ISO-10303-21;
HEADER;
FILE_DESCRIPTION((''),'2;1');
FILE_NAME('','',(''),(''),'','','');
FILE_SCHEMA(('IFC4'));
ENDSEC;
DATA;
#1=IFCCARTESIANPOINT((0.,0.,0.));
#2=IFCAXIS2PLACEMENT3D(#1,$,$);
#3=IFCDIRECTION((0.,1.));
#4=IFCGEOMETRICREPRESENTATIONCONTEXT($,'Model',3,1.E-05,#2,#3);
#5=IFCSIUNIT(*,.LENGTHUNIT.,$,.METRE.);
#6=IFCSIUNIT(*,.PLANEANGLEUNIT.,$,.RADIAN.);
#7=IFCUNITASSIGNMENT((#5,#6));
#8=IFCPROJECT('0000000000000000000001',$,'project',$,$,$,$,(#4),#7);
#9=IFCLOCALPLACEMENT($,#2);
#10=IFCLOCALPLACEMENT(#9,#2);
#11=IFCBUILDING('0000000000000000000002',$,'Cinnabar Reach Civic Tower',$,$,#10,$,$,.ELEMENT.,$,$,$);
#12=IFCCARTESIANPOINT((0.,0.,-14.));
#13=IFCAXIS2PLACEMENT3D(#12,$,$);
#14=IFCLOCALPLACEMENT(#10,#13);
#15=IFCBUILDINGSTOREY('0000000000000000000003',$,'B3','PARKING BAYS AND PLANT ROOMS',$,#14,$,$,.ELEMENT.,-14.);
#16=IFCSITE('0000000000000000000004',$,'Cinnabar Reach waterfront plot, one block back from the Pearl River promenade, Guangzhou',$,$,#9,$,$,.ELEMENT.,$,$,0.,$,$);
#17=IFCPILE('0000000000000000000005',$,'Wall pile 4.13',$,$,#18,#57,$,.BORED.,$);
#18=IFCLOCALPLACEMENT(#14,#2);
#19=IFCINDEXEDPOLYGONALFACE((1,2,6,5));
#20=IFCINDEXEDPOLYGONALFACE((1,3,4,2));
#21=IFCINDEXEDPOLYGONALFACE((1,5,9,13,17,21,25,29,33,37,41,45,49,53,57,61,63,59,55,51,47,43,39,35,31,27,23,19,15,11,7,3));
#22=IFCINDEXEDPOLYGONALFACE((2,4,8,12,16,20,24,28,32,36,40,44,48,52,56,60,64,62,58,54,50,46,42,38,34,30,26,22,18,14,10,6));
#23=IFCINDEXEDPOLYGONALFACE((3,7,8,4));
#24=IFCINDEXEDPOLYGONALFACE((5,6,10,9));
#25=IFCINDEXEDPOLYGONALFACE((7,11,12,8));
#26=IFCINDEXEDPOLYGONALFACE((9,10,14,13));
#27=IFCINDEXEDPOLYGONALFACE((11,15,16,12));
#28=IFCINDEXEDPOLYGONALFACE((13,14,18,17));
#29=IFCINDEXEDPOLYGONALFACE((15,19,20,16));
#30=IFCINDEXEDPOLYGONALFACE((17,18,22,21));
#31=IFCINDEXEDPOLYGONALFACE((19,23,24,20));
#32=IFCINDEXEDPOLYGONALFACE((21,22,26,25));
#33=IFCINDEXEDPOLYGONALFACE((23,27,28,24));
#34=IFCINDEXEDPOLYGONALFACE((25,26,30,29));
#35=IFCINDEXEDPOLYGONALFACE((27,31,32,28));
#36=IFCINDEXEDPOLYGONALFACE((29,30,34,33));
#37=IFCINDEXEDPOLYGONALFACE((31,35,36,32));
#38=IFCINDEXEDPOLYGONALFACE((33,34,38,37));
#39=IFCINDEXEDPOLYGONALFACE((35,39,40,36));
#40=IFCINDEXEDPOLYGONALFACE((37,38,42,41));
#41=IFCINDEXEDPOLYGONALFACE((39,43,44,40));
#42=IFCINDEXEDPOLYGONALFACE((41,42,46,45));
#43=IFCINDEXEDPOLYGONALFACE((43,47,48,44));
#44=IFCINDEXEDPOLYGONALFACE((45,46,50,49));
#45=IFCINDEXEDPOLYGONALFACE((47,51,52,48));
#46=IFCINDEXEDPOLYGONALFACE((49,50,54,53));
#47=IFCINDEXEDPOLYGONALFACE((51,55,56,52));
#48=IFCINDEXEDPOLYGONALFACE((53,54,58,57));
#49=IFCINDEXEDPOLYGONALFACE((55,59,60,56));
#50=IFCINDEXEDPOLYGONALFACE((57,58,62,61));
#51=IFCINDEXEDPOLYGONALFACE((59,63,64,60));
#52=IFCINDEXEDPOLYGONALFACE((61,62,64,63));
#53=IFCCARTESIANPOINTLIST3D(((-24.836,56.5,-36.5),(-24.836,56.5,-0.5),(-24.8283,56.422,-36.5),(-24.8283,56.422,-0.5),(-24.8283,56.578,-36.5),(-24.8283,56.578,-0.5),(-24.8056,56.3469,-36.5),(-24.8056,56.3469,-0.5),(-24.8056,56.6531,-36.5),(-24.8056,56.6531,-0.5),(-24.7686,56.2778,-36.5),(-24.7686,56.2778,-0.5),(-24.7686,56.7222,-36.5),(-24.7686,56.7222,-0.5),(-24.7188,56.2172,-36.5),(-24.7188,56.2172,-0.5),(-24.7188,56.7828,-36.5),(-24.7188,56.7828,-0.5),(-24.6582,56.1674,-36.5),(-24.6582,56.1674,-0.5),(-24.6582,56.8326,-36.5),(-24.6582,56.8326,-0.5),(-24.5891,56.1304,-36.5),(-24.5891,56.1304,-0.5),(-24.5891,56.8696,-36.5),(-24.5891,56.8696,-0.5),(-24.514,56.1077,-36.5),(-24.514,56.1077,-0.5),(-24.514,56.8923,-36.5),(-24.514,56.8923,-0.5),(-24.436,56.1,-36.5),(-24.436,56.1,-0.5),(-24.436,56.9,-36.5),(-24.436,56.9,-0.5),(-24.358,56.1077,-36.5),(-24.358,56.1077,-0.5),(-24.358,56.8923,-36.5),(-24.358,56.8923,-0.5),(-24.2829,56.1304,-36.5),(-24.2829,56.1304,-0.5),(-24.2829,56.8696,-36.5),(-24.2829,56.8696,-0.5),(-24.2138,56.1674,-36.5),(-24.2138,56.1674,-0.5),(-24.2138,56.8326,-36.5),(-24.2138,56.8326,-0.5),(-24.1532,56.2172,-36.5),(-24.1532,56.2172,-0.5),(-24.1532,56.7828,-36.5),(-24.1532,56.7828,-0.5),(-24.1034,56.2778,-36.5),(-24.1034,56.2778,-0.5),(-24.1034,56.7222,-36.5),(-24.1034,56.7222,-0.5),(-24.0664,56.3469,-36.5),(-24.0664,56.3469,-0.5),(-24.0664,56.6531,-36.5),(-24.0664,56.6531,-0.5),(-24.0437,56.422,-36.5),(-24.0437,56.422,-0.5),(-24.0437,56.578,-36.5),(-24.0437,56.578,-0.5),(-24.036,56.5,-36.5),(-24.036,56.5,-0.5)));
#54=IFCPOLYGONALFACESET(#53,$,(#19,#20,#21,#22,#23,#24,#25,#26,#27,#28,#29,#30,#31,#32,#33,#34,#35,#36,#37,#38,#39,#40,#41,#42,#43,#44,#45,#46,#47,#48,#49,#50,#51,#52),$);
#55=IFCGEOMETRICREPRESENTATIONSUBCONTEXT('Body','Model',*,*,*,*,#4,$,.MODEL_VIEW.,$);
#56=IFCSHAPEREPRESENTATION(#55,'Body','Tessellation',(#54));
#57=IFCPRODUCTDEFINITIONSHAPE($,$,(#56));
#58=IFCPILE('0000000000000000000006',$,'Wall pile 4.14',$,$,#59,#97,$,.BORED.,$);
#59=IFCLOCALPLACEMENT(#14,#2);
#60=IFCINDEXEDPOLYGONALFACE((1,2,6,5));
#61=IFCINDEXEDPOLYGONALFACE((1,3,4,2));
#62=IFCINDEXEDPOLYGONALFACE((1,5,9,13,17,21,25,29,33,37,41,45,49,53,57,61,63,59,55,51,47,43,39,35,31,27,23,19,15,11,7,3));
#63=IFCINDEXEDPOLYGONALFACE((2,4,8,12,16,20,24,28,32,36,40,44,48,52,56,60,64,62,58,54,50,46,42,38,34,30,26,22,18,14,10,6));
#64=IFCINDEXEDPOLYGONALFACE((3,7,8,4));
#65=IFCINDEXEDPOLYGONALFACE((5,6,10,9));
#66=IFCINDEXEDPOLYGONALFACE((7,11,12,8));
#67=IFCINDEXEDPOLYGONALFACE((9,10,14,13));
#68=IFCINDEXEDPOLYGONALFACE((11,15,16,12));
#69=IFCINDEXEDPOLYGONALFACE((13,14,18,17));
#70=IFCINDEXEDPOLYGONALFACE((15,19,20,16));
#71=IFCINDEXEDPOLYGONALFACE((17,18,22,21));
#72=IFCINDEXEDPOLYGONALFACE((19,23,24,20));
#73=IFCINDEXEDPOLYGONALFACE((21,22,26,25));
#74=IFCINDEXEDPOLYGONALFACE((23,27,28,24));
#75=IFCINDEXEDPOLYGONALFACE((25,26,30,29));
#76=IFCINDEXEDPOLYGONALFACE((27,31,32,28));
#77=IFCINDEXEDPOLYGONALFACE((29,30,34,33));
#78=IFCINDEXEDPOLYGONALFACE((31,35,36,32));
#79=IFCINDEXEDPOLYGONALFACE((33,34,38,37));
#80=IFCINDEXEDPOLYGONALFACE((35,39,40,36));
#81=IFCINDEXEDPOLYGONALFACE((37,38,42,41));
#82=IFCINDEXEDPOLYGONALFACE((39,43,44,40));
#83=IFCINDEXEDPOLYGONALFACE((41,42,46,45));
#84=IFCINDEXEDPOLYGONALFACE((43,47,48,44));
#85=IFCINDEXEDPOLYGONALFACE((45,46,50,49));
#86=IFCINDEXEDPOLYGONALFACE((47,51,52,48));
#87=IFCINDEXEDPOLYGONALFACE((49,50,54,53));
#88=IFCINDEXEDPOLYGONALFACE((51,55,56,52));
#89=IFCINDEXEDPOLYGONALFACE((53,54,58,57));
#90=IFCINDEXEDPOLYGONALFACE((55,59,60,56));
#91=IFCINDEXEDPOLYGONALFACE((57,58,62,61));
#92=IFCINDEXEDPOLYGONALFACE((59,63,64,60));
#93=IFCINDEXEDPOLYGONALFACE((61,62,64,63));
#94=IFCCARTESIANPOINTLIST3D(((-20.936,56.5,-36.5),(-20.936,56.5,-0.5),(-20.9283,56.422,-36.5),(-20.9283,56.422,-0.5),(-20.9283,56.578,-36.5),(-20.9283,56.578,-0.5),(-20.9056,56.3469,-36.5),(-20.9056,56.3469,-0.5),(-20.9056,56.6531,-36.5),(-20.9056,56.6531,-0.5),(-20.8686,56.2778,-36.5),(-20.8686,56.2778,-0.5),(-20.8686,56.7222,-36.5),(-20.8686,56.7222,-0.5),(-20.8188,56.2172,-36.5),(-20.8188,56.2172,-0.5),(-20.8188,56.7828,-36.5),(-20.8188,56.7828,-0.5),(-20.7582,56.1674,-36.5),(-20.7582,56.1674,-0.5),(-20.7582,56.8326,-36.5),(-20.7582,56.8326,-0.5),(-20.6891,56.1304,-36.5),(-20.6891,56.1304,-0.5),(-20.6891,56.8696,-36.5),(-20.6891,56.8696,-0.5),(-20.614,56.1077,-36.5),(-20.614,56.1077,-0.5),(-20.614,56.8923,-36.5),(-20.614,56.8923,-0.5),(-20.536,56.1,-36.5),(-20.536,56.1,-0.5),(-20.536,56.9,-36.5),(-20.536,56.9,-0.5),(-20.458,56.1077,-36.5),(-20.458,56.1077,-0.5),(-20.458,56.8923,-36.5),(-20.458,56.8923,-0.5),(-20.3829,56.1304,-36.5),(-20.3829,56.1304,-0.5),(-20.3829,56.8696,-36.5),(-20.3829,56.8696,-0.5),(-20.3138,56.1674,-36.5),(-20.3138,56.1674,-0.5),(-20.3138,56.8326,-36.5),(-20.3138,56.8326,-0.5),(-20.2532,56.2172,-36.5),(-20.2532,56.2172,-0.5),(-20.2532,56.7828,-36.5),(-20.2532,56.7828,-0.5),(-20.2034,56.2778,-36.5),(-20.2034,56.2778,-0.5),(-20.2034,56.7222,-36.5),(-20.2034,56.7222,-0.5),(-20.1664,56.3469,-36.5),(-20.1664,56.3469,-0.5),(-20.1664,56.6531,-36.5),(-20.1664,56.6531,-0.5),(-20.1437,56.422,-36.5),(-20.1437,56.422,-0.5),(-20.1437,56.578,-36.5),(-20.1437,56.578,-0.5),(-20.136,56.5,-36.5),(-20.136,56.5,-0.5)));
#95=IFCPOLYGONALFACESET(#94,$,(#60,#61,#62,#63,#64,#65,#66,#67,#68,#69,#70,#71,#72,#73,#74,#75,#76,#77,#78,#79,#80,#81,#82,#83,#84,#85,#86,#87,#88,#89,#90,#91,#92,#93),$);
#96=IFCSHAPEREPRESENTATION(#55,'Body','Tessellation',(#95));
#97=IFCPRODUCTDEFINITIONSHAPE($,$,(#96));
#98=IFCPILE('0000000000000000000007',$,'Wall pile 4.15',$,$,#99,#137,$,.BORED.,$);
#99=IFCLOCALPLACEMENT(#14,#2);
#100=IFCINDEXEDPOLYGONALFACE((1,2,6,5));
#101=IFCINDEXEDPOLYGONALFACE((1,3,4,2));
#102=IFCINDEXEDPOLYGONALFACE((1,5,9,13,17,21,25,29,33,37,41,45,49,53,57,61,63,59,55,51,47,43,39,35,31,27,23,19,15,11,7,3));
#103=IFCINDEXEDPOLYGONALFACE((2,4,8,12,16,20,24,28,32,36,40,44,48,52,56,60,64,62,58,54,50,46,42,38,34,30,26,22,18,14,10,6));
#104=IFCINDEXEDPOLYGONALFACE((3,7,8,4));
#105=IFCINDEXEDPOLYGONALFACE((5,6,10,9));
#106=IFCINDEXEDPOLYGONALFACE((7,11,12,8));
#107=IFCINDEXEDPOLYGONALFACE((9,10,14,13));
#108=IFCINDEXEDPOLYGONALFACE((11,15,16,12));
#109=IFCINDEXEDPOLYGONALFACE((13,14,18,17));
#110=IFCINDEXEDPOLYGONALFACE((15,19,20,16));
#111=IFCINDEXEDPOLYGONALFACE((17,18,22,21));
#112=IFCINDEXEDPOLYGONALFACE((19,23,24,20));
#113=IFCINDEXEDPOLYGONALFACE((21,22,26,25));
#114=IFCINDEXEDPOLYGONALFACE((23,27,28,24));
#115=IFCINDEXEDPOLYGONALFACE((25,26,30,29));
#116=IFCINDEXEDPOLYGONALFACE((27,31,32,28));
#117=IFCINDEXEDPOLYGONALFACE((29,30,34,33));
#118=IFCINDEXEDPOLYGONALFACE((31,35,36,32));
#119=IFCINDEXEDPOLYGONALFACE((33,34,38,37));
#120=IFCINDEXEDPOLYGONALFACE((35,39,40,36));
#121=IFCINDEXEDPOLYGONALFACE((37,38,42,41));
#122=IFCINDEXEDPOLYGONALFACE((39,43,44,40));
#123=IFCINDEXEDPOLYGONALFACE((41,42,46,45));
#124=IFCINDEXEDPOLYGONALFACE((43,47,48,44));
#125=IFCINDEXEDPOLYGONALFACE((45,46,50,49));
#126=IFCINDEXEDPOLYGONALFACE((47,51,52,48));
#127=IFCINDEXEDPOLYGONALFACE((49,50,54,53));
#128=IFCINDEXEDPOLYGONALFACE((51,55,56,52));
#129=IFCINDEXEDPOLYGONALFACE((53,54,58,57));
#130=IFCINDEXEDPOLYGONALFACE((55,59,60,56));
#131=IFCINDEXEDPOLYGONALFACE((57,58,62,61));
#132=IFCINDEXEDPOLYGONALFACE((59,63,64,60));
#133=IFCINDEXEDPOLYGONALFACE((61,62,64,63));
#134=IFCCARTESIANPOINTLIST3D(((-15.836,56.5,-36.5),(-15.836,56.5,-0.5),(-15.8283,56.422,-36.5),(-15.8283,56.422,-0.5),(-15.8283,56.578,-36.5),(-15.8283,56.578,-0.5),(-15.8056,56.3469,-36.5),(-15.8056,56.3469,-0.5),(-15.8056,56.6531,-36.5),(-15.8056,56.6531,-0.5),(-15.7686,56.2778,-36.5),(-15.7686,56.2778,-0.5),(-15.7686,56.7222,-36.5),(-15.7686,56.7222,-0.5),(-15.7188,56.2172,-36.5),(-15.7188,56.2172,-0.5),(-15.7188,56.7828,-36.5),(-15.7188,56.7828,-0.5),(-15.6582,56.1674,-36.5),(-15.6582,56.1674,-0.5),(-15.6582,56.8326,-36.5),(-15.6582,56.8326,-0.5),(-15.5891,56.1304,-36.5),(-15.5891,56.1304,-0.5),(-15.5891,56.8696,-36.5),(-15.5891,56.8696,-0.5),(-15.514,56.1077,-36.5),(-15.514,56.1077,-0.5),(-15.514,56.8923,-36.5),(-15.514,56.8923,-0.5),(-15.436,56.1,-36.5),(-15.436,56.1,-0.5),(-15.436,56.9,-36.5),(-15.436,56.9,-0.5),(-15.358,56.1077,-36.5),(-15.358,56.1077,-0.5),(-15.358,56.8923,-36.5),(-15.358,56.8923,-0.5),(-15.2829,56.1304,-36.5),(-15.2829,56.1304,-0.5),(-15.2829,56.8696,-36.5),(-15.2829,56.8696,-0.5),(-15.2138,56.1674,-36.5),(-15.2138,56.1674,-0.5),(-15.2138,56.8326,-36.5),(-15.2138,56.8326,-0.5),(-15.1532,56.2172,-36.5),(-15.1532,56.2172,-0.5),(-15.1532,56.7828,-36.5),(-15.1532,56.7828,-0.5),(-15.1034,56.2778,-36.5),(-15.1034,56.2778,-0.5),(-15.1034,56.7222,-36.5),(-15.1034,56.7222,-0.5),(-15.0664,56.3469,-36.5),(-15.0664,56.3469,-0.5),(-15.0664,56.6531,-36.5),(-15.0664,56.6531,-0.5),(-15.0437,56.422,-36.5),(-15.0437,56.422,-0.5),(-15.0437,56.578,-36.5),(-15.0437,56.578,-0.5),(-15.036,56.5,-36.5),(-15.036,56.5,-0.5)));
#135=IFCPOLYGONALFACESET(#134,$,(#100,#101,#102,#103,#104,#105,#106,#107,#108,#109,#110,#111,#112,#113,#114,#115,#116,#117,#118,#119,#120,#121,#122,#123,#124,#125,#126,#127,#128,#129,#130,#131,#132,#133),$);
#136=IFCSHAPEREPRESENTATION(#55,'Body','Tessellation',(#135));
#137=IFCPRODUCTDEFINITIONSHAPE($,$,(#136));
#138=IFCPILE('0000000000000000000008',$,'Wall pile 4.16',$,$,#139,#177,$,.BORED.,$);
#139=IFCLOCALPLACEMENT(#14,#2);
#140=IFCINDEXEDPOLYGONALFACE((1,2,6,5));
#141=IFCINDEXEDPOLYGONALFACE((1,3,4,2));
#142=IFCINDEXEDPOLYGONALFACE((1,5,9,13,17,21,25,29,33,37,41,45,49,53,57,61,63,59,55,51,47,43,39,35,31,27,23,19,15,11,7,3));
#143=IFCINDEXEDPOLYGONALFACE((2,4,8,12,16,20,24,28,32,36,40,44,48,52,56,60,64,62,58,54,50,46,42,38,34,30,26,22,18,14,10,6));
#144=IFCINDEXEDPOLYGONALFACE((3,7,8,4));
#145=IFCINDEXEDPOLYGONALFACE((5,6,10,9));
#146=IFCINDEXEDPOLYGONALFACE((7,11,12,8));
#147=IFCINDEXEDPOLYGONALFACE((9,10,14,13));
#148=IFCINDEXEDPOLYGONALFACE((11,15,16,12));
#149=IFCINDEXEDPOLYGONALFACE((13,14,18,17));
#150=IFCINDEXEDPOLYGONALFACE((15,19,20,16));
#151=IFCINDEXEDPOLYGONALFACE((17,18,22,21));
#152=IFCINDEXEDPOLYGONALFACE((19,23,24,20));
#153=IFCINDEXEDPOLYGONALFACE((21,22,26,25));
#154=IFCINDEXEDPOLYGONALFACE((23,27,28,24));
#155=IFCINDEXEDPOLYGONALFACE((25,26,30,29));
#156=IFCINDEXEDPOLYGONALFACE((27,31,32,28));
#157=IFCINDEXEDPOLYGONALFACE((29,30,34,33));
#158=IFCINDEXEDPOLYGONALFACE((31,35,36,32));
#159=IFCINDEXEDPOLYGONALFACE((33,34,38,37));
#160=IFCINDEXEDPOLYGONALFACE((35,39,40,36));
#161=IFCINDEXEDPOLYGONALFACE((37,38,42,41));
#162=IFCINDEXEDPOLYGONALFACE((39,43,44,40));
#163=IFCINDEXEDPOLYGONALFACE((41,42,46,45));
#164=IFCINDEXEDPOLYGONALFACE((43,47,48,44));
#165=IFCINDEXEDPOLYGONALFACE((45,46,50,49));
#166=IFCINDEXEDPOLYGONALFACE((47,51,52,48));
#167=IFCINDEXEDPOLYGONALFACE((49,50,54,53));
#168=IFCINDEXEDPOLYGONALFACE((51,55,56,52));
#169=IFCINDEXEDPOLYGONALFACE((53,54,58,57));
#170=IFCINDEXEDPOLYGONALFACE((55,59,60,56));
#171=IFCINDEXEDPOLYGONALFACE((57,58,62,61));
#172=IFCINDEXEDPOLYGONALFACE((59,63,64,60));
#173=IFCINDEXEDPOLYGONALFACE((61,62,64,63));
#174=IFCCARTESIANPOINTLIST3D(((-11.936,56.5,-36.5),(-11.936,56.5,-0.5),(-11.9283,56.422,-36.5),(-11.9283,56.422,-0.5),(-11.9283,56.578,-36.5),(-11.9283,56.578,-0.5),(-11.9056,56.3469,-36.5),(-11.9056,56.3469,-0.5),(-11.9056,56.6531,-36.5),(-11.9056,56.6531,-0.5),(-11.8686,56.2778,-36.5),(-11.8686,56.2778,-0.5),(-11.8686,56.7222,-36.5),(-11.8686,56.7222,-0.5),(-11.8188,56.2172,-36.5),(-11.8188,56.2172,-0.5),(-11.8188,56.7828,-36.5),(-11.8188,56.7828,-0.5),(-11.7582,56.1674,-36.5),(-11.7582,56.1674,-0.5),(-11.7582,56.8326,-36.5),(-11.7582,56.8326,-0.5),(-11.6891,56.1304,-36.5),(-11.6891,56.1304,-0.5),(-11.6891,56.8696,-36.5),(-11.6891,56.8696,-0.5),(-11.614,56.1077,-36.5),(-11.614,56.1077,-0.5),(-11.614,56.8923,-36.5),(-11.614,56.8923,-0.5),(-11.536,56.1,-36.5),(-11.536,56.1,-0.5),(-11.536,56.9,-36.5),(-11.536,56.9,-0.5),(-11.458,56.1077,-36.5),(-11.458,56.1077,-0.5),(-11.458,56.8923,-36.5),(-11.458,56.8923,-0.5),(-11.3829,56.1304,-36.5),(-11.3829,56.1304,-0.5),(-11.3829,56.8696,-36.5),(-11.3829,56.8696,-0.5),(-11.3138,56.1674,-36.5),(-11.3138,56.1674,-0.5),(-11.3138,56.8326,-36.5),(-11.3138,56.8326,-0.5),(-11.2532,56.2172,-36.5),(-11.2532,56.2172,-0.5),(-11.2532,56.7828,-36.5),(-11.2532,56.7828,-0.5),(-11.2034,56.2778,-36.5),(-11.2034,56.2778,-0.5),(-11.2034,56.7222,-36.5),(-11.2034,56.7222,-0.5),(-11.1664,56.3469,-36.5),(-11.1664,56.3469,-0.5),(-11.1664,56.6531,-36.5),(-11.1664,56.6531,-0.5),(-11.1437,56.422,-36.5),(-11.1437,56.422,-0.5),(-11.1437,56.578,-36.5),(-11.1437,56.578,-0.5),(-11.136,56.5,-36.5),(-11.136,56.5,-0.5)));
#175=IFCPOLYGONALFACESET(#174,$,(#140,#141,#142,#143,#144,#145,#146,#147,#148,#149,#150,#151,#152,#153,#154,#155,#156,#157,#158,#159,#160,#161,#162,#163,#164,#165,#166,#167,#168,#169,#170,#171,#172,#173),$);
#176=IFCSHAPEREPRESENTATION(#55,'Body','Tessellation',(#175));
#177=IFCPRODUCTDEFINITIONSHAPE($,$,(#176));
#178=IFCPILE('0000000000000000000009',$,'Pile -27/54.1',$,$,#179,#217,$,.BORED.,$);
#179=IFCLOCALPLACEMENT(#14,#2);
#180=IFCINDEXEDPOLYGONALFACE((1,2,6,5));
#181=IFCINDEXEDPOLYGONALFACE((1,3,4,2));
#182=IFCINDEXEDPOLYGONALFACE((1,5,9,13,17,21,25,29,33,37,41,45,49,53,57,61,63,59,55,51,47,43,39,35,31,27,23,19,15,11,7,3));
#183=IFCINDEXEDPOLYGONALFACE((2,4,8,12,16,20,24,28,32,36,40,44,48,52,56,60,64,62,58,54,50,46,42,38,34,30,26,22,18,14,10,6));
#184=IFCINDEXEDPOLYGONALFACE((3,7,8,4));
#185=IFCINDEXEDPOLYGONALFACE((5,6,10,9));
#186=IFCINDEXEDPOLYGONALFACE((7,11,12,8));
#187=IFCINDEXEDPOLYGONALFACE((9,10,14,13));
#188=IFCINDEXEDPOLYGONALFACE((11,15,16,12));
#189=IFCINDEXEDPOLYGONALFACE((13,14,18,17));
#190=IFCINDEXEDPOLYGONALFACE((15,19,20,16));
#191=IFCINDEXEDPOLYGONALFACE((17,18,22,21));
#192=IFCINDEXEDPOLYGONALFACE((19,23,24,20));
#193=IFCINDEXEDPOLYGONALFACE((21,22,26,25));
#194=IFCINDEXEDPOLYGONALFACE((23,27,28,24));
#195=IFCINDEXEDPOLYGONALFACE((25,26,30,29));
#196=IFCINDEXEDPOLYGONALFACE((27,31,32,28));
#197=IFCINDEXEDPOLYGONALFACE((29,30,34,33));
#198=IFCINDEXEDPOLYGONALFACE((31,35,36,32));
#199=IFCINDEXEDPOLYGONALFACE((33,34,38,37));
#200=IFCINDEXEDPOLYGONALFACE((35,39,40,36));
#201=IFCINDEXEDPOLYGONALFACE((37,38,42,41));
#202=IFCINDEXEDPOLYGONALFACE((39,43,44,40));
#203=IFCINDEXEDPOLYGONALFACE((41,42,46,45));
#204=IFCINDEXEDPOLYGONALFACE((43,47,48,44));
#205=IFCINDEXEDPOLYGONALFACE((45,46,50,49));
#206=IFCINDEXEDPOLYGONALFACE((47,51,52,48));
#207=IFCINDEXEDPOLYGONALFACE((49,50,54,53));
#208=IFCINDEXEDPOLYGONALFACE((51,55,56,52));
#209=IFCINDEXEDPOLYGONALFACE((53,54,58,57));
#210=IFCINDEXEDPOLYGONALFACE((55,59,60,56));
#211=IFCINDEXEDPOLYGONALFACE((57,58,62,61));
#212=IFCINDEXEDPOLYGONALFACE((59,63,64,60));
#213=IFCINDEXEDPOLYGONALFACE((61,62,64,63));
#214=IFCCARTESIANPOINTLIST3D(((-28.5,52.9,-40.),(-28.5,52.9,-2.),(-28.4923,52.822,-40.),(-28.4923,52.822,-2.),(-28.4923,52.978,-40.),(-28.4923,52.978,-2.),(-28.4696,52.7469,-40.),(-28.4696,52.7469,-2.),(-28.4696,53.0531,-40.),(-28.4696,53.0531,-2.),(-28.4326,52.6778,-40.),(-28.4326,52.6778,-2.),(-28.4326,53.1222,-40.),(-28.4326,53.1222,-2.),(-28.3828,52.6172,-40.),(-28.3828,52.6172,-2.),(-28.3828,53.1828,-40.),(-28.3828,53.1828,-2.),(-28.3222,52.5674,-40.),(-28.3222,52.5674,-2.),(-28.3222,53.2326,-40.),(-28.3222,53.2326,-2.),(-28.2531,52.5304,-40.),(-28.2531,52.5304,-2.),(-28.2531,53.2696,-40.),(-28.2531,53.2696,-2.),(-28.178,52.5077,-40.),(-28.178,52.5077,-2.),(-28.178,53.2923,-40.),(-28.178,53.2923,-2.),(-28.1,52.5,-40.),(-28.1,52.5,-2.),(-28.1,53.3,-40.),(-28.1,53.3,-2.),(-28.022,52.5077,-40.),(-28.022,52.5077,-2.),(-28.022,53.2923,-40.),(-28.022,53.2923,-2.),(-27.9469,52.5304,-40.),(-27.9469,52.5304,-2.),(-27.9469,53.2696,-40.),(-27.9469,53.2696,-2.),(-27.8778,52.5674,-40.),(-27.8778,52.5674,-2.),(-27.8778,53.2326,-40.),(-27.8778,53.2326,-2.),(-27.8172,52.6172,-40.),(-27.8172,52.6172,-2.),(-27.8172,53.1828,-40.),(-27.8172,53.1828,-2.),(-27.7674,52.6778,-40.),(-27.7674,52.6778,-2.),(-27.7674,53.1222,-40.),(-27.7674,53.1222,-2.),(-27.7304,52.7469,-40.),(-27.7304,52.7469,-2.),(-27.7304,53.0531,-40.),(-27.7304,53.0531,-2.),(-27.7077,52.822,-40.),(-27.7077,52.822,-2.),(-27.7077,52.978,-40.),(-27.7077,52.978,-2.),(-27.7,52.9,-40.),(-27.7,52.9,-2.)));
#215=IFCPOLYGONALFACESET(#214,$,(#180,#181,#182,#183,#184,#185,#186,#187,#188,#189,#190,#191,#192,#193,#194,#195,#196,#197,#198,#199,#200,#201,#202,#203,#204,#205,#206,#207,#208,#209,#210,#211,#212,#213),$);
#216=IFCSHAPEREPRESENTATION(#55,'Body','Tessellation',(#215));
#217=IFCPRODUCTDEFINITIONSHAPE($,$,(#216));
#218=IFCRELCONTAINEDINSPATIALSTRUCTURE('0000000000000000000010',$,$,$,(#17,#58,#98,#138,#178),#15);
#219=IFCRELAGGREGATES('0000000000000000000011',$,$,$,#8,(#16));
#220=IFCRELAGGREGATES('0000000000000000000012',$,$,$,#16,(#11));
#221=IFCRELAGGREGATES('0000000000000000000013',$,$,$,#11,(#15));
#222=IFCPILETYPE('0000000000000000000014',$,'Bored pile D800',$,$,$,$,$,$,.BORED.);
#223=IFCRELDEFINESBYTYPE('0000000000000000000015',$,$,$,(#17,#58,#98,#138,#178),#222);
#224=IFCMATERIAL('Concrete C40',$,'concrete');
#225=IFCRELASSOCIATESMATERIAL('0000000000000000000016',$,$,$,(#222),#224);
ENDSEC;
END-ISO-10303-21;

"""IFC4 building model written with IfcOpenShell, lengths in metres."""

from ifc_helpers import new_model, si_unit, direction, frame, origin, origin_2d, place, context, subcontext, project, spatial, circle, extrude, material, type_object, element, save


model = new_model("IFC4")

# Units and contexts
model_context = context("Model", 3, precision=1e-05, world=origin(), true_north=direction((0.0, 1.0)))
body_context = subcontext(model_context, "Body", "Model", "MODEL_VIEW")
ifc_project = project(units=[si_unit("LENGTHUNIT", "METRE"), si_unit("PLANEANGLEUNIT", "RADIAN")], contexts=[model_context])

# Site, building, storey
site_placement = place(None, origin())
site = spatial("IfcSite", under=ifc_project, at=site_placement, Name="Cinnabar Reach waterfront plot, one block back from the Pearl River promenade, Guangzhou", CompositionType="ELEMENT", RefElevation=0.0)
building_placement = place(site_placement, origin())
building = spatial("IfcBuilding", under=site, at=building_placement, Name="Cinnabar Reach Civic Tower", CompositionType="ELEMENT")
storey_placement = place(building_placement, frame((0.0, 0.0, -14.0)))
storey = spatial("IfcBuildingStorey", under=building, at=storey_placement, Name="B3", Description="PARKING BAYS AND PLANT ROOMS", CompositionType="ELEMENT", Elevation=-14.0)

# Piles
ifc_material_1 = material(Name="Concrete C40", Category="concrete")
pile_type = type_object("IfcPileType", Name="Bored pile D800", PredefinedType="BORED", material=ifc_material_1)
for number, where, z_axis, x_axis, name in (
    (1, (-24.436, 56.5, -0.5), (0.0, 0.0, -1.0), (1.0, 0.0, 0.0), "Wall pile 4.13"),
    (2, (-20.536, 56.5, -0.5), (0.0, 0.0, -1.0), (1.0, 0.0, 0.0), "Wall pile 4.14"),
    (3, (-15.436, 56.5, -0.5), (0.0, 0.0, -1.0), (1.0, 0.0, 0.0), "Wall pile 4.15"),
    (4, (-11.536, 56.5, -0.5), (0.0, 0.0, -1.0), (1.0, 0.0, 0.0), "Wall pile 4.16"),
):
    element("IfcPile", number, at=place(storey_placement, frame(where, z_axis=z_axis, x_axis=x_axis)), inside=storey, type_object=pile_type, Name=name, PredefinedType="BORED", context=body_context, shape_type="SweptSolid", body=[
        extrude(circle(Radius=0.4, at=origin_2d()), origin(), (0.0, 0.0, 1.0), 36.0),
    ])
for number, where, z_axis, x_axis, name in (
    (5, (-28.1, 52.9, -2.0), (0.0, 0.0, -1.0), (1.0, 0.0, 0.0), "Pile -27/54.1"),
):
    element("IfcPile", number, at=place(storey_placement, frame(where, z_axis=z_axis, x_axis=x_axis)), inside=storey, type_object=pile_type, Name=name, PredefinedType="BORED", context=body_context, shape_type="SweptSolid", body=[
        extrude(circle(Radius=0.4, at=origin_2d()), origin(), (0.0, 0.0, 1.0), 38.0),
    ])

save(model, "model.ifc")
